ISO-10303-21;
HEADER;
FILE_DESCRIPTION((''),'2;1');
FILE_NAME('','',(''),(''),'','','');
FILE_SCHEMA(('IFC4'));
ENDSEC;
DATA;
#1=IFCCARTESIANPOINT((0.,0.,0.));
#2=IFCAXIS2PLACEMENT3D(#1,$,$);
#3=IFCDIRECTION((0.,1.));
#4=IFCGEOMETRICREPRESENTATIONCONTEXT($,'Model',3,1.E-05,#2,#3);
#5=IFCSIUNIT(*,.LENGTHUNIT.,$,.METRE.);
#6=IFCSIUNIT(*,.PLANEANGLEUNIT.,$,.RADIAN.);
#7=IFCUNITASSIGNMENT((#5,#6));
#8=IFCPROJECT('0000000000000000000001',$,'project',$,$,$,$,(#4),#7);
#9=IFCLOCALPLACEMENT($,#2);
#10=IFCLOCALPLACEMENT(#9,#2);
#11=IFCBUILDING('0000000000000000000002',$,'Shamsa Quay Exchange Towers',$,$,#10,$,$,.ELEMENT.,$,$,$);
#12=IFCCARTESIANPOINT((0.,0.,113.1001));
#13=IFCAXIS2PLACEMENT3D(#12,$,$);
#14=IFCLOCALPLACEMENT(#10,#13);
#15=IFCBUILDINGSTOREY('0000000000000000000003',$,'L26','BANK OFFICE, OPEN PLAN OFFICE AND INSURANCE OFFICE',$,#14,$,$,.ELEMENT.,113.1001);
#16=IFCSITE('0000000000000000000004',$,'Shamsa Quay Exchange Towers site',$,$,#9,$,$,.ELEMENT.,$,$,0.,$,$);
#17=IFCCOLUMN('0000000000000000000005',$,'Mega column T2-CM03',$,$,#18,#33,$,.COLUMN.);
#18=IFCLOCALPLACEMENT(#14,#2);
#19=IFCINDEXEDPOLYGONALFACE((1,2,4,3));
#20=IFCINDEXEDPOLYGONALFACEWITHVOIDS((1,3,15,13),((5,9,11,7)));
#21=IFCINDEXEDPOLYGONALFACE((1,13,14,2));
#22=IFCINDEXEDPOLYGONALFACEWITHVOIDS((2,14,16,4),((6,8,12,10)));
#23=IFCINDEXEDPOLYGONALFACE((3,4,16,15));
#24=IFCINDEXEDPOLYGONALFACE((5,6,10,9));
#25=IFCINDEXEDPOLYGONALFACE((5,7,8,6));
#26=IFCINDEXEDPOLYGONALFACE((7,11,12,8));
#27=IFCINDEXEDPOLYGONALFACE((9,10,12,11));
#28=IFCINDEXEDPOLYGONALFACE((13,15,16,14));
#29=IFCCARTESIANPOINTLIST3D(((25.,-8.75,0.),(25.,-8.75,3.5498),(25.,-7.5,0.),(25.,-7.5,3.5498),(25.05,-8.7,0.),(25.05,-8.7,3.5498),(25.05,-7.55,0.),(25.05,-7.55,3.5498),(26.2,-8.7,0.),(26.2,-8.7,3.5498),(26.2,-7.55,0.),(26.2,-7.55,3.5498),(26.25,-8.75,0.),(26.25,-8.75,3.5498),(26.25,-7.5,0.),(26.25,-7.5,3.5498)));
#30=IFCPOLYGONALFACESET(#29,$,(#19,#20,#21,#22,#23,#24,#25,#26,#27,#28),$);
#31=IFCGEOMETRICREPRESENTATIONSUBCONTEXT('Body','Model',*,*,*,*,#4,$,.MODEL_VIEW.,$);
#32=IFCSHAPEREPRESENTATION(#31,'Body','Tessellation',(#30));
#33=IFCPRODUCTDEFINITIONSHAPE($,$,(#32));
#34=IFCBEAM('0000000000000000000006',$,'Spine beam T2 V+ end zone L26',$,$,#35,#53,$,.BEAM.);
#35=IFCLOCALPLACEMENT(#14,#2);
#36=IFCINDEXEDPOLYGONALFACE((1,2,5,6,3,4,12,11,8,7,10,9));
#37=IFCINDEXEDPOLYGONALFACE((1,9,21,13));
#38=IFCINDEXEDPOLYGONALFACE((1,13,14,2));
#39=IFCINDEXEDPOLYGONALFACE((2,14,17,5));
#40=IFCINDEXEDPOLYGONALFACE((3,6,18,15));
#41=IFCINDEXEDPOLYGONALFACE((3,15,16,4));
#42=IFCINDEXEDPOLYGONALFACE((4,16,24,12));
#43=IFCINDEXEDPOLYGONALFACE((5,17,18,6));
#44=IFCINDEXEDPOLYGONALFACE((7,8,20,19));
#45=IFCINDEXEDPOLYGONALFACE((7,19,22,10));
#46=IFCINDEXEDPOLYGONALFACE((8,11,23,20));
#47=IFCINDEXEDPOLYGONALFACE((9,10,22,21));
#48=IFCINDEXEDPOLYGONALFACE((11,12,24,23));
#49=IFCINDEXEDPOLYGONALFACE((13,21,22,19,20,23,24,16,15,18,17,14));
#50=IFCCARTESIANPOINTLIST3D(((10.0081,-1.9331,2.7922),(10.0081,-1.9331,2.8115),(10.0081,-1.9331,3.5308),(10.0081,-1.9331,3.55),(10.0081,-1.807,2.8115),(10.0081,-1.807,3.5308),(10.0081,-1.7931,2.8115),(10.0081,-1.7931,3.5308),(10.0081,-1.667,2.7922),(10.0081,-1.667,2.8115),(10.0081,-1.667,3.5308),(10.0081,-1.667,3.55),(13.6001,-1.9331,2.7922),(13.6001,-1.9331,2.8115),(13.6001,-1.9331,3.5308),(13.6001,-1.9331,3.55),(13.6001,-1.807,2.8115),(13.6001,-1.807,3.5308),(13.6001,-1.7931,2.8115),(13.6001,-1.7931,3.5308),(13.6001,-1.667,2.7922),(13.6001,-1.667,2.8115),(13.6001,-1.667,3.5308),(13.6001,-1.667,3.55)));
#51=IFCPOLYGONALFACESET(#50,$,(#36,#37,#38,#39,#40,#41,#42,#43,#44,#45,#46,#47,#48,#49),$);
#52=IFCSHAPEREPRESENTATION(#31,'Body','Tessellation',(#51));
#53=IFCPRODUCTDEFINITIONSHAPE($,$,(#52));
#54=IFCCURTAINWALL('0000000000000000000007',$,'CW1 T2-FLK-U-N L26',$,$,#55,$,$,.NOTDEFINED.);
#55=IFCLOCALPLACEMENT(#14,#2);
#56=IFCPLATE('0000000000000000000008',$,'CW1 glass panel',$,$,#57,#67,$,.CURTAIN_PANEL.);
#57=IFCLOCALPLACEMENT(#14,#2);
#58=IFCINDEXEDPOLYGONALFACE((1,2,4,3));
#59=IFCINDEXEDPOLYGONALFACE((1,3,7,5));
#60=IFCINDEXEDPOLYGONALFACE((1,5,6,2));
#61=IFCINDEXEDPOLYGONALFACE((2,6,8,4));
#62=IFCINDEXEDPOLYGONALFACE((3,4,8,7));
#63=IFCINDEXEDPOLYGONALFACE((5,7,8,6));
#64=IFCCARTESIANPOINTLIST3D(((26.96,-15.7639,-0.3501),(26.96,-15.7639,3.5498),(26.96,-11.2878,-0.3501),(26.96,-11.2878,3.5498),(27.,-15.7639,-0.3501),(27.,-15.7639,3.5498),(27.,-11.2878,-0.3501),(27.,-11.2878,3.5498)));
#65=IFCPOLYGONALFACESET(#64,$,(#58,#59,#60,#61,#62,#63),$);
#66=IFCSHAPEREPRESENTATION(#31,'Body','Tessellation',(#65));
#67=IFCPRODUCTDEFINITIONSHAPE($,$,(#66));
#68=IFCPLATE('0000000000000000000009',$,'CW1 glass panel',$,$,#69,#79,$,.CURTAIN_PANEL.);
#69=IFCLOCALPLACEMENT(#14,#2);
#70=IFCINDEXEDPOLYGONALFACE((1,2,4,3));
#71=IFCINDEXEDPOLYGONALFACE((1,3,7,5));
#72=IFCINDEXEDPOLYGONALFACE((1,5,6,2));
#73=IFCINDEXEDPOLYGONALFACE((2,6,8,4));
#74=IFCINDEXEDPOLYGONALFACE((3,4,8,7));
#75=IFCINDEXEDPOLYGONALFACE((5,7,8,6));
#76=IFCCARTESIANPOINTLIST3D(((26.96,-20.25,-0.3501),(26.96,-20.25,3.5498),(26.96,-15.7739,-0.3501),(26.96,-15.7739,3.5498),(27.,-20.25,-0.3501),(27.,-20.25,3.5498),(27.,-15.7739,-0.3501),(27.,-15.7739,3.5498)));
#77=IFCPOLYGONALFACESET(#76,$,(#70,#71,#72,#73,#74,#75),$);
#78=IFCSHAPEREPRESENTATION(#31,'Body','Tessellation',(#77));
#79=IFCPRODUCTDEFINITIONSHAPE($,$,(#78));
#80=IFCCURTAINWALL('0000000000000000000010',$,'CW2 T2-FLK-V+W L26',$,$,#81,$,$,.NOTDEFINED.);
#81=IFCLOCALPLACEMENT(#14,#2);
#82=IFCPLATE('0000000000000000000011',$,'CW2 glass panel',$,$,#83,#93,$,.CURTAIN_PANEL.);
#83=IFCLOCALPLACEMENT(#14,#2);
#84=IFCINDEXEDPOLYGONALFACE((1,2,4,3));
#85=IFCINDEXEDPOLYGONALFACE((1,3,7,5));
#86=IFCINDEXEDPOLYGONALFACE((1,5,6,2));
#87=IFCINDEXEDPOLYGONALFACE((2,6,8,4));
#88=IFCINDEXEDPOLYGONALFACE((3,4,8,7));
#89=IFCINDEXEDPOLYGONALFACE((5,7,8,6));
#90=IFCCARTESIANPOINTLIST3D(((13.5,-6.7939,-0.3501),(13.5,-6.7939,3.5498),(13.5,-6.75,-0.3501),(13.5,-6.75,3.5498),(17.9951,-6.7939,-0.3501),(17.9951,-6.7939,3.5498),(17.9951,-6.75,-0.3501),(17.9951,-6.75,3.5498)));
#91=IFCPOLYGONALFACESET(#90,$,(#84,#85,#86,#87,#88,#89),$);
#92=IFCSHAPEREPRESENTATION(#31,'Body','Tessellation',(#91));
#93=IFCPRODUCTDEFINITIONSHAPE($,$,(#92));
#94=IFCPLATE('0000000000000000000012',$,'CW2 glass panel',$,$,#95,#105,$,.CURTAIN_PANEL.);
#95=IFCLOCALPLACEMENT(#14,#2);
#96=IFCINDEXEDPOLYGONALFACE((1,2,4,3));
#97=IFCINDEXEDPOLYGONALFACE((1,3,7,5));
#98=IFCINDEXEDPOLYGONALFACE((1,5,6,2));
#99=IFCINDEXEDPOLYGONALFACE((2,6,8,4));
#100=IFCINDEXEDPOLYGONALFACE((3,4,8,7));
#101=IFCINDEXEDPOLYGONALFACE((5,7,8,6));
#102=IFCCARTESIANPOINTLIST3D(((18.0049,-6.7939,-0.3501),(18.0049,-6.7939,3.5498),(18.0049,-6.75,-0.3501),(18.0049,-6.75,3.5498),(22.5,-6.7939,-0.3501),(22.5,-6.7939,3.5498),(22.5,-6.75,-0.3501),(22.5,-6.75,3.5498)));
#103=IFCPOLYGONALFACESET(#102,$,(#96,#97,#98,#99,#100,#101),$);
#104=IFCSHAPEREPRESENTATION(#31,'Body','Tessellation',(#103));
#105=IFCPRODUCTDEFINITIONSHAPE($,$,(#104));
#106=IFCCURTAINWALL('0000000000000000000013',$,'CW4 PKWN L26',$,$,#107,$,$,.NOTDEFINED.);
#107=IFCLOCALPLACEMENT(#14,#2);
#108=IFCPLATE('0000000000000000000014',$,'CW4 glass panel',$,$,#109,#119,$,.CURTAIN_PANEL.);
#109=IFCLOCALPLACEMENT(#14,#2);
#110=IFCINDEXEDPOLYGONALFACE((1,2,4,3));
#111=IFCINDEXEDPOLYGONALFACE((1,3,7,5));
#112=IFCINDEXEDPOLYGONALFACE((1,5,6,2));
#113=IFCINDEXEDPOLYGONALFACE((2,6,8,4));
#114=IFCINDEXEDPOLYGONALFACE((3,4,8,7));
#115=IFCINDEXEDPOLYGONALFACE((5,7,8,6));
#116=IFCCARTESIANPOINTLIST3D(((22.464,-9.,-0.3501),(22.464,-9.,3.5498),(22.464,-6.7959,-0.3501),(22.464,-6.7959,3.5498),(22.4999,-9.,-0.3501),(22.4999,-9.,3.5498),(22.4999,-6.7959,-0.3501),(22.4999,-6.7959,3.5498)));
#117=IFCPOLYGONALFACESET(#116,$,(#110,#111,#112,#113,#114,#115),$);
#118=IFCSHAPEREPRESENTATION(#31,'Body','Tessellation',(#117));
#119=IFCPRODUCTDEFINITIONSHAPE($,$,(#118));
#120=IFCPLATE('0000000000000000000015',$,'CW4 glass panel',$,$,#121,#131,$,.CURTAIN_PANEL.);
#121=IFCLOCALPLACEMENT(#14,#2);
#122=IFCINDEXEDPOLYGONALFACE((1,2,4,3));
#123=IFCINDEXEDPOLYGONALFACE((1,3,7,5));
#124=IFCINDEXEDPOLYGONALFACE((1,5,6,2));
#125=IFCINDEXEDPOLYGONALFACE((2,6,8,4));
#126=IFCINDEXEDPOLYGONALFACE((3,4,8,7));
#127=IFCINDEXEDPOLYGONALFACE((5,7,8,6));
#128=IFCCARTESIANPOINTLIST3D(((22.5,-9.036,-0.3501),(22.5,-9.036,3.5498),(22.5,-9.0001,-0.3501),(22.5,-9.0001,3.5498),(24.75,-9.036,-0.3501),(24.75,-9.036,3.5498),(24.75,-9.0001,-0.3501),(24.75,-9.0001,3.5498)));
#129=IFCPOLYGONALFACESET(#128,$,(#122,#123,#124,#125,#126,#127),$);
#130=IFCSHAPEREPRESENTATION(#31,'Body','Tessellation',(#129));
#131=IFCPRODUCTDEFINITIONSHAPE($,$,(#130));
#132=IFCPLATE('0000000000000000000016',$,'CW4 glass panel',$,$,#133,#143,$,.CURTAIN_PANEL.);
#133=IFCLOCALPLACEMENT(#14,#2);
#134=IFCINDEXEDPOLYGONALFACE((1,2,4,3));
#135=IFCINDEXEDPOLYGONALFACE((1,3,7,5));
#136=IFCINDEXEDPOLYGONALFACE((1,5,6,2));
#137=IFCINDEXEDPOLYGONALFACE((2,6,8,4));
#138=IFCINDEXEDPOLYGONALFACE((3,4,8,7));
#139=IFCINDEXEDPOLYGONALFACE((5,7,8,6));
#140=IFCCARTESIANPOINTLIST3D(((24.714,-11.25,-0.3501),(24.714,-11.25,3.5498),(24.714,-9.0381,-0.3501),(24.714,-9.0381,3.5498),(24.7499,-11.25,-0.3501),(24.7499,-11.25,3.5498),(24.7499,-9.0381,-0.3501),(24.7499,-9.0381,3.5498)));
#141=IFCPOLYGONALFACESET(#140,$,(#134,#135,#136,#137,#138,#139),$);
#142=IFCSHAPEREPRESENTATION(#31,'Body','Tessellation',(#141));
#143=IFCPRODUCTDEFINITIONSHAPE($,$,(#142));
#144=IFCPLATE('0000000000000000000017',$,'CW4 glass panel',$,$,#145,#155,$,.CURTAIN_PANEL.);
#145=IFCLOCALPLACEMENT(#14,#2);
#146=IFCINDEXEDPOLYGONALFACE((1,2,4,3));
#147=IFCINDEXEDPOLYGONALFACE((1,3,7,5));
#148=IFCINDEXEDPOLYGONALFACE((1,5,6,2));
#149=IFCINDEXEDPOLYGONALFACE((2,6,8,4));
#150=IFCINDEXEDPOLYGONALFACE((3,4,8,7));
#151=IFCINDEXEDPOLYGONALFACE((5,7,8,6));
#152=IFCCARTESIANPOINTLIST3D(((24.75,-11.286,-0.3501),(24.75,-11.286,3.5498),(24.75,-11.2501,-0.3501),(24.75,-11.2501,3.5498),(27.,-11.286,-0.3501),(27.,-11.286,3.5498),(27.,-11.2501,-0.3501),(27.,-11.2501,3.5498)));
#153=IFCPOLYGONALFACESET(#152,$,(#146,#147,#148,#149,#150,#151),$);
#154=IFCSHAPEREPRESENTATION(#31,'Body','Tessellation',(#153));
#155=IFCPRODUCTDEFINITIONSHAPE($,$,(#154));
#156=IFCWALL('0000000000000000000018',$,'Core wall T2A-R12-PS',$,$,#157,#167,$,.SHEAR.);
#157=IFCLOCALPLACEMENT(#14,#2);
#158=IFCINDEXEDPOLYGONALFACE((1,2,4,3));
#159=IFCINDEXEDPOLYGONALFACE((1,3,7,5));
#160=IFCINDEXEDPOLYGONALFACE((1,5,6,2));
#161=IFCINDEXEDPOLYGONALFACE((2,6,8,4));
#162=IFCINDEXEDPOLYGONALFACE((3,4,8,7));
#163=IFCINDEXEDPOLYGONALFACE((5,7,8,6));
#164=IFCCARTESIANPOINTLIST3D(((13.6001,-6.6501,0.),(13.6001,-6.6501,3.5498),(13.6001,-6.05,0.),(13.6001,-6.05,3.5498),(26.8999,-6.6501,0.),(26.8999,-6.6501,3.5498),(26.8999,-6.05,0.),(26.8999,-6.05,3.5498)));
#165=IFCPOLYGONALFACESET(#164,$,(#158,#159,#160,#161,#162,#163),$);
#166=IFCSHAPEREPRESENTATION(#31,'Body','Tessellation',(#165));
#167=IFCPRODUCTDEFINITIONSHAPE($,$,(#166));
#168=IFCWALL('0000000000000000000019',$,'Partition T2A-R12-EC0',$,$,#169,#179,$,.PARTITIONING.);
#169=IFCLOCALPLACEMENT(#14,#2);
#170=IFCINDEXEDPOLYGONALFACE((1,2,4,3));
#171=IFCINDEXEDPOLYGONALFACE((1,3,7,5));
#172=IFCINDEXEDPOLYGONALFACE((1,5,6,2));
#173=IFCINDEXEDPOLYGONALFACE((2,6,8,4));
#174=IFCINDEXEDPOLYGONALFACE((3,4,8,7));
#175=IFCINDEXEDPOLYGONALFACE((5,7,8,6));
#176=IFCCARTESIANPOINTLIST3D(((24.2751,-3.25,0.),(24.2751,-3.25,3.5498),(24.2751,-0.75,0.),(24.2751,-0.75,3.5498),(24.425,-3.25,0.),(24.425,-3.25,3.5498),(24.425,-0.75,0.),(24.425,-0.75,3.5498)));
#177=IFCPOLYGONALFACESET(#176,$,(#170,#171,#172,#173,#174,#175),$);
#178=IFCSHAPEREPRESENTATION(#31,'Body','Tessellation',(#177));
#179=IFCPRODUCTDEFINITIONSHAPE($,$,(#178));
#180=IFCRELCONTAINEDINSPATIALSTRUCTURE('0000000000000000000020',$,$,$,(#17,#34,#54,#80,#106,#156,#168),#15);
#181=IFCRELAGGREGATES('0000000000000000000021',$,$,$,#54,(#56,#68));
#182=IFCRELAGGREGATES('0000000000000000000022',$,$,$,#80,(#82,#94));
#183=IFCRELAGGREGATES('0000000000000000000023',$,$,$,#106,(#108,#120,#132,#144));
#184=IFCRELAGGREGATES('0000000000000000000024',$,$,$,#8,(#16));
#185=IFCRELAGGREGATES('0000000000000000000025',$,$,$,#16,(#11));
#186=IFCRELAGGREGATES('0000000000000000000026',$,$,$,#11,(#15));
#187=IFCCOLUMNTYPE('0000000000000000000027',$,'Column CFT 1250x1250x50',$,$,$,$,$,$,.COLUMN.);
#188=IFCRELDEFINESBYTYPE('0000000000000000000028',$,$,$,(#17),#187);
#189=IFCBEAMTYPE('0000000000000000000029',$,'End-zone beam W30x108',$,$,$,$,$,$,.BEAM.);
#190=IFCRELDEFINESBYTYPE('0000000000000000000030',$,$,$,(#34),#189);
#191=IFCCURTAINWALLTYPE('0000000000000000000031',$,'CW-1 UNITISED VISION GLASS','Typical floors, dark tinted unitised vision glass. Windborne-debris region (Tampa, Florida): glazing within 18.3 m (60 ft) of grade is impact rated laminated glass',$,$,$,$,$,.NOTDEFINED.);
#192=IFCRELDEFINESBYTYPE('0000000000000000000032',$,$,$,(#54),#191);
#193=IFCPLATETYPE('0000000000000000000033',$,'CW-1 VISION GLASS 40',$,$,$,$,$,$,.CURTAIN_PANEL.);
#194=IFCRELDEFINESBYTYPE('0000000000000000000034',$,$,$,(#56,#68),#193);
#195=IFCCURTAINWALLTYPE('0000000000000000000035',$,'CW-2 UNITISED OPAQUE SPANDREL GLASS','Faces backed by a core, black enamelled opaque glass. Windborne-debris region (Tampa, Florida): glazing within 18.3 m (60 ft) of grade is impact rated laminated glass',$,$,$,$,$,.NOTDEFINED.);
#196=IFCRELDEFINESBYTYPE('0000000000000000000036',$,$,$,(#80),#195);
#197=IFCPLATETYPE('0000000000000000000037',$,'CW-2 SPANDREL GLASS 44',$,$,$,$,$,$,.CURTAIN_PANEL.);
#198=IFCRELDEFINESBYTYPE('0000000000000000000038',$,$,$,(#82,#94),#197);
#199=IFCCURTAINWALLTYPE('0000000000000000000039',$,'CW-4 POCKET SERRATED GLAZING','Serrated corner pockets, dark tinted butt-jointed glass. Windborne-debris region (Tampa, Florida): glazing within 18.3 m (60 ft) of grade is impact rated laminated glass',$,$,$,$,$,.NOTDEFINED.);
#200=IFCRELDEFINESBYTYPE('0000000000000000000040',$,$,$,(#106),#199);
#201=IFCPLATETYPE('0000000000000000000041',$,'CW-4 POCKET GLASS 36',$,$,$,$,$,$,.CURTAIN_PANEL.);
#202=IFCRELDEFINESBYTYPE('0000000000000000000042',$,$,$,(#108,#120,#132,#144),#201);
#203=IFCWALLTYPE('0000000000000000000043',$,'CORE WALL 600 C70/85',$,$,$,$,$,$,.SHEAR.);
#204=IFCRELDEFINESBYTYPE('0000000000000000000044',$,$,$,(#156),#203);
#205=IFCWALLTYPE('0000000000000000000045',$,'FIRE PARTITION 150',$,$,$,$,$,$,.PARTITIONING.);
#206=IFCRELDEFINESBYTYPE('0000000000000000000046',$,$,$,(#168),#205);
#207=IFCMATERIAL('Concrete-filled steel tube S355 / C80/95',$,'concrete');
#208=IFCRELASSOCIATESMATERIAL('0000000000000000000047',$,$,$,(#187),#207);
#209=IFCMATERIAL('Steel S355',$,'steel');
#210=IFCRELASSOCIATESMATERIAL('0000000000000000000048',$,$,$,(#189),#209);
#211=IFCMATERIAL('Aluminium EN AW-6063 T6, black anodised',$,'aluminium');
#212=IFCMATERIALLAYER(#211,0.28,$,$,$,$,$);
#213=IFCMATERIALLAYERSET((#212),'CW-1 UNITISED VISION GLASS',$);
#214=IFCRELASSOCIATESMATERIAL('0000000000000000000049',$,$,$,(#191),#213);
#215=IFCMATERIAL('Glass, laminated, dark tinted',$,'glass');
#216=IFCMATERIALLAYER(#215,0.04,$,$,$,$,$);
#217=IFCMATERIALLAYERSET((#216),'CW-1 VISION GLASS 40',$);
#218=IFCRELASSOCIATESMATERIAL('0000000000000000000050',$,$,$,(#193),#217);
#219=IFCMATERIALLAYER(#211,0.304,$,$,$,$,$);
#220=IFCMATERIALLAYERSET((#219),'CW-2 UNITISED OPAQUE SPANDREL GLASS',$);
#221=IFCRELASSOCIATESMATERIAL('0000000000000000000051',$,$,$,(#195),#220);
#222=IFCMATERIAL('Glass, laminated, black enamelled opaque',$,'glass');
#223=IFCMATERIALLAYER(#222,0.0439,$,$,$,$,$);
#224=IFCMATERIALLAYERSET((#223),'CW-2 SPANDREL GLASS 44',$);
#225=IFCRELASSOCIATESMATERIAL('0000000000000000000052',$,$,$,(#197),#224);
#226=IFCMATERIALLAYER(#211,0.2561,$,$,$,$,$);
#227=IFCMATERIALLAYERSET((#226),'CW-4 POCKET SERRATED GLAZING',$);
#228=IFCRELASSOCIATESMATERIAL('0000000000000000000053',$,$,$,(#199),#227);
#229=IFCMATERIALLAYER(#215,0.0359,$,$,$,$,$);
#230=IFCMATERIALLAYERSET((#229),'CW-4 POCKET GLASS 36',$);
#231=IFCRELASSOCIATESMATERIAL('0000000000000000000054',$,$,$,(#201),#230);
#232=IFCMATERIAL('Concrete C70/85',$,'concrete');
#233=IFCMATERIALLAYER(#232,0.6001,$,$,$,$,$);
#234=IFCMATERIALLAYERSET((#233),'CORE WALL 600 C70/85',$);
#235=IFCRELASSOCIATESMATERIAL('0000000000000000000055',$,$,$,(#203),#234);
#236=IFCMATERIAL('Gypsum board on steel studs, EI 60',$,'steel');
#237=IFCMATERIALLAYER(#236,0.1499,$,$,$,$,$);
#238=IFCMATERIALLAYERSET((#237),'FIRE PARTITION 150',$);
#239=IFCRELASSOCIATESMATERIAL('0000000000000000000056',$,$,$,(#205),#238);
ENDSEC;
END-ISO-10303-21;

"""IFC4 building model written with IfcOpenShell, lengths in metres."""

from ifc_helpers import new_model, si_unit, direction, frame, frame_2d, origin, origin_2d, place, context, subcontext, project, spatial, rectangle, hollow_rectangle, i_section, extrude, material, layer, layer_set, material_profile, profile_set, type_object, element, aggregate, save


model = new_model("IFC4")

# Units and contexts
model_context = context("Model", 3, precision=1e-05, world=origin(), true_north=direction((0.0, 1.0)))
body_context = subcontext(model_context, "Body", "Model", "MODEL_VIEW")
ifc_project = project(units=[si_unit("LENGTHUNIT", "METRE"), si_unit("PLANEANGLEUNIT", "RADIAN")], contexts=[model_context])

# Site, building, storey
site_placement = place(None, origin())
site = spatial("IfcSite", under=ifc_project, at=site_placement, Name="Shamsa Quay Exchange Towers site", CompositionType="ELEMENT", RefElevation=0.0)
building_placement = place(site_placement, origin())
building = spatial("IfcBuilding", under=site, at=building_placement, Name="Shamsa Quay Exchange Towers", CompositionType="ELEMENT")
storey_placement = place(building_placement, frame((0.0, 0.0, 113.1001)))
storey = spatial("IfcBuildingStorey", under=building, at=storey_placement, Name="L26", Description="BANK OFFICE, OPEN PLAN OFFICE AND INSURANCE OFFICE", CompositionType="ELEMENT", Elevation=113.1001)

# Column
ifc_material_1 = material(Name="Concrete-filled steel tube S355 / C80/95", Category="concrete")
ifc_material_profile_1 = material_profile(ifc_material_1, hollow_rectangle(XDim=1.25, YDim=1.25, WallThickness=0.05, at=origin_2d()), Name="CFT 1250x1250x50")
ifc_profile_set_1 = profile_set([ifc_material_profile_1], Name="Concrete-filled steel tube S355 / C80/95")
column_type = type_object("IfcColumnType", Name="Column CFT 1250x1250x50", PredefinedType="COLUMN", material=ifc_profile_set_1)
column_placement = place(storey_placement, frame((25.625, -8.125, 0.0)))
element("IfcColumn", 1, at=column_placement, inside=storey, type_object=column_type, Name="Mega column T2-CM03", PredefinedType="COLUMN", context=body_context, shape_type="SweptSolid", body=[
    extrude(hollow_rectangle(XDim=1.25, YDim=1.25, WallThickness=0.05, at=origin_2d()), origin(), (0.0, 0.0, 1.0), 3.5498),
])

# Beam
ifc_material_2 = material(Name="Steel S355", Category="steel")
ifc_material_profile_2 = material_profile(ifc_material_2, i_section(OverallWidth=0.2661, OverallDepth=0.7578, WebThickness=0.0139, FlangeThickness=0.0193, at=origin_2d()), Name="W30x108")
ifc_profile_set_2 = profile_set([ifc_material_profile_2], Name="Steel S355")
beam_type = type_object("IfcBeamType", Name="End-zone beam W30x108", PredefinedType="BEAM", material=ifc_profile_set_2)
beam_placement = place(storey_placement, frame((13.6001, -1.8, 3.1711), z_axis=(-1.0, 0.0, 0.0), x_axis=(0.0, -1.0, 0.0)))
element("IfcBeam", 2, at=beam_placement, inside=storey, type_object=beam_type, Name="Spine beam T2 V+ end zone L26", PredefinedType="BEAM", context=body_context, shape_type="SweptSolid", body=[
    extrude(i_section(OverallWidth=0.2661, OverallDepth=0.7578, WebThickness=0.0139, FlangeThickness=0.0193, at=origin_2d()), origin(), (0.0, 0.0, 1.0), 3.592),
])

# Curtain walls, plates
ifc_material_3 = material(Name="Aluminium EN AW-6063 T6, black anodised", Category="aluminium")
ifc_layer_1 = layer(ifc_material_3, 0.28)
ifc_layer_set_1 = layer_set([ifc_layer_1], Name="CW-1 UNITISED VISION GLASS")
curtain_wall_type_1 = type_object("IfcCurtainWallType", Name="CW-1 UNITISED VISION GLASS", Description="Typical floors, dark tinted unitised vision glass. Windborne-debris region (Tampa, Florida): glazing within 18.3 m (60 ft) of grade is impact rated laminated glass", PredefinedType="NOTDEFINED", material=ifc_layer_set_1)
curtain_wall_1_placement = place(storey_placement, origin())
curtain_wall_1 = element("IfcCurtainWall", 3, at=curtain_wall_1_placement, inside=storey, type_object=curtain_wall_type_1, Name="CW1 T2-FLK-U-N L26", PredefinedType="NOTDEFINED")
ifc_material_4 = material(Name="Glass, laminated, dark tinted", Category="glass")
ifc_layer_2 = layer(ifc_material_4, 0.04)
ifc_layer_set_2 = layer_set([ifc_layer_2], Name="CW-1 VISION GLASS 40")
plate_type_1 = type_object("IfcPlateType", Name="CW-1 VISION GLASS 40", PredefinedType="CURTAIN_PANEL", material=ifc_layer_set_2)
plate_1_placement = place(storey_placement, frame((26.98, -13.5259, -0.3501), z_axis=(0.0, 0.0, 1.0), x_axis=(0.0, -1.0, 0.0)))
plate_1 = element("IfcPlate", 4, at=plate_1_placement, type_object=plate_type_1, Name="CW1 glass panel", PredefinedType="CURTAIN_PANEL", context=body_context, shape_type="SweptSolid", body=[
    extrude(rectangle(XDim=4.4761, YDim=0.04, at=origin_2d()), origin(), (0.0, 0.0, 1.0), 3.8999),
])
plate_2_placement = place(storey_placement, frame((26.98, -18.012, -0.3501), z_axis=(0.0, 0.0, 1.0), x_axis=(0.0, -1.0, 0.0)))
plate_2 = element("IfcPlate", 5, at=plate_2_placement, type_object=plate_type_1, Name="CW1 glass panel", PredefinedType="CURTAIN_PANEL", context=body_context, shape_type="SweptSolid", body=[
    extrude(rectangle(XDim=4.4761, YDim=0.04, at=origin_2d()), origin(), (0.0, 0.0, 1.0), 3.8999),
])
aggregate(curtain_wall_1, [plate_1, plate_2])
ifc_layer_3 = layer(ifc_material_3, 0.304)
ifc_layer_set_3 = layer_set([ifc_layer_3], Name="CW-2 UNITISED OPAQUE SPANDREL GLASS")
curtain_wall_type_2 = type_object("IfcCurtainWallType", Name="CW-2 UNITISED OPAQUE SPANDREL GLASS", Description="Faces backed by a core, black enamelled opaque glass. Windborne-debris region (Tampa, Florida): glazing within 18.3 m (60 ft) of grade is impact rated laminated glass", PredefinedType="NOTDEFINED", material=ifc_layer_set_3)
curtain_wall_2_placement = place(storey_placement, origin())
curtain_wall_2 = element("IfcCurtainWall", 6, at=curtain_wall_2_placement, inside=storey, type_object=curtain_wall_type_2, Name="CW2 T2-FLK-V+W L26", PredefinedType="NOTDEFINED")
ifc_material_5 = material(Name="Glass, laminated, black enamelled opaque", Category="glass")
ifc_layer_4 = layer(ifc_material_5, 0.0439)
ifc_layer_set_4 = layer_set([ifc_layer_4], Name="CW-2 SPANDREL GLASS 44")
plate_type_2 = type_object("IfcPlateType", Name="CW-2 SPANDREL GLASS 44", PredefinedType="CURTAIN_PANEL", material=ifc_layer_set_4)
plate_3_placement = place(storey_placement, frame((15.7476, -6.772, -0.3501)))
plate_3 = element("IfcPlate", 7, at=plate_3_placement, type_object=plate_type_2, Name="CW2 glass panel", PredefinedType="CURTAIN_PANEL", context=body_context, shape_type="SweptSolid", body=[
    extrude(rectangle(XDim=4.4951, YDim=0.0439, at=origin_2d()), origin(), (0.0, 0.0, 1.0), 3.8999),
])
plate_4_placement = place(storey_placement, frame((20.2524, -6.772, -0.3501)))
plate_4 = element("IfcPlate", 8, at=plate_4_placement, type_object=plate_type_2, Name="CW2 glass panel", PredefinedType="CURTAIN_PANEL", context=body_context, shape_type="SweptSolid", body=[
    extrude(rectangle(XDim=4.4951, YDim=0.0439, at=origin_2d()), origin(), (0.0, 0.0, 1.0), 3.8999),
])
aggregate(curtain_wall_2, [plate_3, plate_4])
ifc_layer_5 = layer(ifc_material_3, 0.2561)
ifc_layer_set_5 = layer_set([ifc_layer_5], Name="CW-4 POCKET SERRATED GLAZING")
curtain_wall_type_3 = type_object("IfcCurtainWallType", Name="CW-4 POCKET SERRATED GLAZING", Description="Serrated corner pockets, dark tinted butt-jointed glass. Windborne-debris region (Tampa, Florida): glazing within 18.3 m (60 ft) of grade is impact rated laminated glass", PredefinedType="NOTDEFINED", material=ifc_layer_set_5)
curtain_wall_3_placement = place(storey_placement, origin())
curtain_wall_3 = element("IfcCurtainWall", 9, at=curtain_wall_3_placement, inside=storey, type_object=curtain_wall_type_3, Name="CW4 PKWN L26", PredefinedType="NOTDEFINED")
ifc_layer_6 = layer(ifc_material_4, 0.0359)
ifc_layer_set_6 = layer_set([ifc_layer_6], Name="CW-4 POCKET GLASS 36")
plate_type_3 = type_object("IfcPlateType", Name="CW-4 POCKET GLASS 36", PredefinedType="CURTAIN_PANEL", material=ifc_layer_set_6)
plate_5_placement = place(storey_placement, frame((22.4819, -7.8979, -0.3501), z_axis=(0.0, 0.0, 1.0), x_axis=(0.0, -1.0, 0.0)))
plate_5 = element("IfcPlate", 10, at=plate_5_placement, type_object=plate_type_3, Name="CW4 glass panel", PredefinedType="CURTAIN_PANEL", context=body_context, shape_type="SweptSolid", body=[
    extrude(rectangle(XDim=2.2041, YDim=0.0359, at=origin_2d()), origin(), (0.0, 0.0, 1.0), 3.8999),
])
plate_6_placement = place(storey_placement, frame((23.625, -9.0181, -0.3501)))
plate_6 = element("IfcPlate", 11, at=plate_6_placement, type_object=plate_type_3, Name="CW4 glass panel", PredefinedType="CURTAIN_PANEL", context=body_context, shape_type="SweptSolid", body=[
    extrude(rectangle(XDim=2.25, YDim=0.0359, at=origin_2d()), origin(), (0.0, 0.0, 1.0), 3.8999),
])
plate_7_placement = place(storey_placement, frame((24.7319, -10.144, -0.3501), z_axis=(0.0, 0.0, 1.0), x_axis=(0.0, -1.0, 0.0)))
plate_7 = element("IfcPlate", 12, at=plate_7_placement, type_object=plate_type_3, Name="CW4 glass panel", PredefinedType="CURTAIN_PANEL", context=body_context, shape_type="SweptSolid", body=[
    extrude(rectangle(XDim=2.2119, YDim=0.0359, at=origin_2d()), origin(), (0.0, 0.0, 1.0), 3.8999),
])
plate_8_placement = place(storey_placement, frame((25.875, -11.2681, -0.3501)))
plate_8 = element("IfcPlate", 13, at=plate_8_placement, type_object=plate_type_3, Name="CW4 glass panel", PredefinedType="CURTAIN_PANEL", context=body_context, shape_type="SweptSolid", body=[
    extrude(rectangle(XDim=2.25, YDim=0.0359, at=origin_2d()), origin(), (0.0, 0.0, 1.0), 3.8999),
])
aggregate(curtain_wall_3, [plate_5, plate_6, plate_7, plate_8])

# Walls
ifc_material_6 = material(Name="Concrete C70/85", Category="concrete")
ifc_layer_7 = layer(ifc_material_6, 0.6001)
ifc_layer_set_7 = layer_set([ifc_layer_7], Name="CORE WALL 600 C70/85")
wall_type_1 = type_object("IfcWallType", Name="CORE WALL 600 C70/85", PredefinedType="SHEAR", material=ifc_layer_set_7)
wall_1_placement = place(storey_placement, frame((13.6001, -6.3501, 0.0)))
element("IfcWall", 14, at=wall_1_placement, inside=storey, type_object=wall_type_1, Name="Core wall T2A-R12-PS", PredefinedType="SHEAR", context=body_context, shape_type="SweptSolid", body=[
    extrude(rectangle(XDim=13.2998, YDim=0.6001, at=frame_2d((6.6499, 0.0))), origin(), (0.0, 0.0, 1.0), 3.5498),
])
ifc_material_7 = material(Name="Gypsum board on steel studs, EI 60", Category="steel")
ifc_layer_8 = layer(ifc_material_7, 0.1499)
ifc_layer_set_8 = layer_set([ifc_layer_8], Name="FIRE PARTITION 150")
wall_type_2 = type_object("IfcWallType", Name="FIRE PARTITION 150", PredefinedType="PARTITIONING", material=ifc_layer_set_8)
wall_2_placement = place(storey_placement, frame((24.3501, -3.25, 0.0), z_axis=(0.0, 0.0, 1.0), x_axis=(0.0, 1.0, 0.0)))
element("IfcWall", 15, at=wall_2_placement, inside=storey, type_object=wall_type_2, Name="Partition T2A-R12-EC0", PredefinedType="PARTITIONING", context=body_context, shape_type="SweptSolid", body=[
    extrude(rectangle(XDim=2.5, YDim=0.1499, at=frame_2d((1.25, 0.0))), origin(), (0.0, 0.0, 1.0), 3.5498),
])

save(model, "model.ifc")
